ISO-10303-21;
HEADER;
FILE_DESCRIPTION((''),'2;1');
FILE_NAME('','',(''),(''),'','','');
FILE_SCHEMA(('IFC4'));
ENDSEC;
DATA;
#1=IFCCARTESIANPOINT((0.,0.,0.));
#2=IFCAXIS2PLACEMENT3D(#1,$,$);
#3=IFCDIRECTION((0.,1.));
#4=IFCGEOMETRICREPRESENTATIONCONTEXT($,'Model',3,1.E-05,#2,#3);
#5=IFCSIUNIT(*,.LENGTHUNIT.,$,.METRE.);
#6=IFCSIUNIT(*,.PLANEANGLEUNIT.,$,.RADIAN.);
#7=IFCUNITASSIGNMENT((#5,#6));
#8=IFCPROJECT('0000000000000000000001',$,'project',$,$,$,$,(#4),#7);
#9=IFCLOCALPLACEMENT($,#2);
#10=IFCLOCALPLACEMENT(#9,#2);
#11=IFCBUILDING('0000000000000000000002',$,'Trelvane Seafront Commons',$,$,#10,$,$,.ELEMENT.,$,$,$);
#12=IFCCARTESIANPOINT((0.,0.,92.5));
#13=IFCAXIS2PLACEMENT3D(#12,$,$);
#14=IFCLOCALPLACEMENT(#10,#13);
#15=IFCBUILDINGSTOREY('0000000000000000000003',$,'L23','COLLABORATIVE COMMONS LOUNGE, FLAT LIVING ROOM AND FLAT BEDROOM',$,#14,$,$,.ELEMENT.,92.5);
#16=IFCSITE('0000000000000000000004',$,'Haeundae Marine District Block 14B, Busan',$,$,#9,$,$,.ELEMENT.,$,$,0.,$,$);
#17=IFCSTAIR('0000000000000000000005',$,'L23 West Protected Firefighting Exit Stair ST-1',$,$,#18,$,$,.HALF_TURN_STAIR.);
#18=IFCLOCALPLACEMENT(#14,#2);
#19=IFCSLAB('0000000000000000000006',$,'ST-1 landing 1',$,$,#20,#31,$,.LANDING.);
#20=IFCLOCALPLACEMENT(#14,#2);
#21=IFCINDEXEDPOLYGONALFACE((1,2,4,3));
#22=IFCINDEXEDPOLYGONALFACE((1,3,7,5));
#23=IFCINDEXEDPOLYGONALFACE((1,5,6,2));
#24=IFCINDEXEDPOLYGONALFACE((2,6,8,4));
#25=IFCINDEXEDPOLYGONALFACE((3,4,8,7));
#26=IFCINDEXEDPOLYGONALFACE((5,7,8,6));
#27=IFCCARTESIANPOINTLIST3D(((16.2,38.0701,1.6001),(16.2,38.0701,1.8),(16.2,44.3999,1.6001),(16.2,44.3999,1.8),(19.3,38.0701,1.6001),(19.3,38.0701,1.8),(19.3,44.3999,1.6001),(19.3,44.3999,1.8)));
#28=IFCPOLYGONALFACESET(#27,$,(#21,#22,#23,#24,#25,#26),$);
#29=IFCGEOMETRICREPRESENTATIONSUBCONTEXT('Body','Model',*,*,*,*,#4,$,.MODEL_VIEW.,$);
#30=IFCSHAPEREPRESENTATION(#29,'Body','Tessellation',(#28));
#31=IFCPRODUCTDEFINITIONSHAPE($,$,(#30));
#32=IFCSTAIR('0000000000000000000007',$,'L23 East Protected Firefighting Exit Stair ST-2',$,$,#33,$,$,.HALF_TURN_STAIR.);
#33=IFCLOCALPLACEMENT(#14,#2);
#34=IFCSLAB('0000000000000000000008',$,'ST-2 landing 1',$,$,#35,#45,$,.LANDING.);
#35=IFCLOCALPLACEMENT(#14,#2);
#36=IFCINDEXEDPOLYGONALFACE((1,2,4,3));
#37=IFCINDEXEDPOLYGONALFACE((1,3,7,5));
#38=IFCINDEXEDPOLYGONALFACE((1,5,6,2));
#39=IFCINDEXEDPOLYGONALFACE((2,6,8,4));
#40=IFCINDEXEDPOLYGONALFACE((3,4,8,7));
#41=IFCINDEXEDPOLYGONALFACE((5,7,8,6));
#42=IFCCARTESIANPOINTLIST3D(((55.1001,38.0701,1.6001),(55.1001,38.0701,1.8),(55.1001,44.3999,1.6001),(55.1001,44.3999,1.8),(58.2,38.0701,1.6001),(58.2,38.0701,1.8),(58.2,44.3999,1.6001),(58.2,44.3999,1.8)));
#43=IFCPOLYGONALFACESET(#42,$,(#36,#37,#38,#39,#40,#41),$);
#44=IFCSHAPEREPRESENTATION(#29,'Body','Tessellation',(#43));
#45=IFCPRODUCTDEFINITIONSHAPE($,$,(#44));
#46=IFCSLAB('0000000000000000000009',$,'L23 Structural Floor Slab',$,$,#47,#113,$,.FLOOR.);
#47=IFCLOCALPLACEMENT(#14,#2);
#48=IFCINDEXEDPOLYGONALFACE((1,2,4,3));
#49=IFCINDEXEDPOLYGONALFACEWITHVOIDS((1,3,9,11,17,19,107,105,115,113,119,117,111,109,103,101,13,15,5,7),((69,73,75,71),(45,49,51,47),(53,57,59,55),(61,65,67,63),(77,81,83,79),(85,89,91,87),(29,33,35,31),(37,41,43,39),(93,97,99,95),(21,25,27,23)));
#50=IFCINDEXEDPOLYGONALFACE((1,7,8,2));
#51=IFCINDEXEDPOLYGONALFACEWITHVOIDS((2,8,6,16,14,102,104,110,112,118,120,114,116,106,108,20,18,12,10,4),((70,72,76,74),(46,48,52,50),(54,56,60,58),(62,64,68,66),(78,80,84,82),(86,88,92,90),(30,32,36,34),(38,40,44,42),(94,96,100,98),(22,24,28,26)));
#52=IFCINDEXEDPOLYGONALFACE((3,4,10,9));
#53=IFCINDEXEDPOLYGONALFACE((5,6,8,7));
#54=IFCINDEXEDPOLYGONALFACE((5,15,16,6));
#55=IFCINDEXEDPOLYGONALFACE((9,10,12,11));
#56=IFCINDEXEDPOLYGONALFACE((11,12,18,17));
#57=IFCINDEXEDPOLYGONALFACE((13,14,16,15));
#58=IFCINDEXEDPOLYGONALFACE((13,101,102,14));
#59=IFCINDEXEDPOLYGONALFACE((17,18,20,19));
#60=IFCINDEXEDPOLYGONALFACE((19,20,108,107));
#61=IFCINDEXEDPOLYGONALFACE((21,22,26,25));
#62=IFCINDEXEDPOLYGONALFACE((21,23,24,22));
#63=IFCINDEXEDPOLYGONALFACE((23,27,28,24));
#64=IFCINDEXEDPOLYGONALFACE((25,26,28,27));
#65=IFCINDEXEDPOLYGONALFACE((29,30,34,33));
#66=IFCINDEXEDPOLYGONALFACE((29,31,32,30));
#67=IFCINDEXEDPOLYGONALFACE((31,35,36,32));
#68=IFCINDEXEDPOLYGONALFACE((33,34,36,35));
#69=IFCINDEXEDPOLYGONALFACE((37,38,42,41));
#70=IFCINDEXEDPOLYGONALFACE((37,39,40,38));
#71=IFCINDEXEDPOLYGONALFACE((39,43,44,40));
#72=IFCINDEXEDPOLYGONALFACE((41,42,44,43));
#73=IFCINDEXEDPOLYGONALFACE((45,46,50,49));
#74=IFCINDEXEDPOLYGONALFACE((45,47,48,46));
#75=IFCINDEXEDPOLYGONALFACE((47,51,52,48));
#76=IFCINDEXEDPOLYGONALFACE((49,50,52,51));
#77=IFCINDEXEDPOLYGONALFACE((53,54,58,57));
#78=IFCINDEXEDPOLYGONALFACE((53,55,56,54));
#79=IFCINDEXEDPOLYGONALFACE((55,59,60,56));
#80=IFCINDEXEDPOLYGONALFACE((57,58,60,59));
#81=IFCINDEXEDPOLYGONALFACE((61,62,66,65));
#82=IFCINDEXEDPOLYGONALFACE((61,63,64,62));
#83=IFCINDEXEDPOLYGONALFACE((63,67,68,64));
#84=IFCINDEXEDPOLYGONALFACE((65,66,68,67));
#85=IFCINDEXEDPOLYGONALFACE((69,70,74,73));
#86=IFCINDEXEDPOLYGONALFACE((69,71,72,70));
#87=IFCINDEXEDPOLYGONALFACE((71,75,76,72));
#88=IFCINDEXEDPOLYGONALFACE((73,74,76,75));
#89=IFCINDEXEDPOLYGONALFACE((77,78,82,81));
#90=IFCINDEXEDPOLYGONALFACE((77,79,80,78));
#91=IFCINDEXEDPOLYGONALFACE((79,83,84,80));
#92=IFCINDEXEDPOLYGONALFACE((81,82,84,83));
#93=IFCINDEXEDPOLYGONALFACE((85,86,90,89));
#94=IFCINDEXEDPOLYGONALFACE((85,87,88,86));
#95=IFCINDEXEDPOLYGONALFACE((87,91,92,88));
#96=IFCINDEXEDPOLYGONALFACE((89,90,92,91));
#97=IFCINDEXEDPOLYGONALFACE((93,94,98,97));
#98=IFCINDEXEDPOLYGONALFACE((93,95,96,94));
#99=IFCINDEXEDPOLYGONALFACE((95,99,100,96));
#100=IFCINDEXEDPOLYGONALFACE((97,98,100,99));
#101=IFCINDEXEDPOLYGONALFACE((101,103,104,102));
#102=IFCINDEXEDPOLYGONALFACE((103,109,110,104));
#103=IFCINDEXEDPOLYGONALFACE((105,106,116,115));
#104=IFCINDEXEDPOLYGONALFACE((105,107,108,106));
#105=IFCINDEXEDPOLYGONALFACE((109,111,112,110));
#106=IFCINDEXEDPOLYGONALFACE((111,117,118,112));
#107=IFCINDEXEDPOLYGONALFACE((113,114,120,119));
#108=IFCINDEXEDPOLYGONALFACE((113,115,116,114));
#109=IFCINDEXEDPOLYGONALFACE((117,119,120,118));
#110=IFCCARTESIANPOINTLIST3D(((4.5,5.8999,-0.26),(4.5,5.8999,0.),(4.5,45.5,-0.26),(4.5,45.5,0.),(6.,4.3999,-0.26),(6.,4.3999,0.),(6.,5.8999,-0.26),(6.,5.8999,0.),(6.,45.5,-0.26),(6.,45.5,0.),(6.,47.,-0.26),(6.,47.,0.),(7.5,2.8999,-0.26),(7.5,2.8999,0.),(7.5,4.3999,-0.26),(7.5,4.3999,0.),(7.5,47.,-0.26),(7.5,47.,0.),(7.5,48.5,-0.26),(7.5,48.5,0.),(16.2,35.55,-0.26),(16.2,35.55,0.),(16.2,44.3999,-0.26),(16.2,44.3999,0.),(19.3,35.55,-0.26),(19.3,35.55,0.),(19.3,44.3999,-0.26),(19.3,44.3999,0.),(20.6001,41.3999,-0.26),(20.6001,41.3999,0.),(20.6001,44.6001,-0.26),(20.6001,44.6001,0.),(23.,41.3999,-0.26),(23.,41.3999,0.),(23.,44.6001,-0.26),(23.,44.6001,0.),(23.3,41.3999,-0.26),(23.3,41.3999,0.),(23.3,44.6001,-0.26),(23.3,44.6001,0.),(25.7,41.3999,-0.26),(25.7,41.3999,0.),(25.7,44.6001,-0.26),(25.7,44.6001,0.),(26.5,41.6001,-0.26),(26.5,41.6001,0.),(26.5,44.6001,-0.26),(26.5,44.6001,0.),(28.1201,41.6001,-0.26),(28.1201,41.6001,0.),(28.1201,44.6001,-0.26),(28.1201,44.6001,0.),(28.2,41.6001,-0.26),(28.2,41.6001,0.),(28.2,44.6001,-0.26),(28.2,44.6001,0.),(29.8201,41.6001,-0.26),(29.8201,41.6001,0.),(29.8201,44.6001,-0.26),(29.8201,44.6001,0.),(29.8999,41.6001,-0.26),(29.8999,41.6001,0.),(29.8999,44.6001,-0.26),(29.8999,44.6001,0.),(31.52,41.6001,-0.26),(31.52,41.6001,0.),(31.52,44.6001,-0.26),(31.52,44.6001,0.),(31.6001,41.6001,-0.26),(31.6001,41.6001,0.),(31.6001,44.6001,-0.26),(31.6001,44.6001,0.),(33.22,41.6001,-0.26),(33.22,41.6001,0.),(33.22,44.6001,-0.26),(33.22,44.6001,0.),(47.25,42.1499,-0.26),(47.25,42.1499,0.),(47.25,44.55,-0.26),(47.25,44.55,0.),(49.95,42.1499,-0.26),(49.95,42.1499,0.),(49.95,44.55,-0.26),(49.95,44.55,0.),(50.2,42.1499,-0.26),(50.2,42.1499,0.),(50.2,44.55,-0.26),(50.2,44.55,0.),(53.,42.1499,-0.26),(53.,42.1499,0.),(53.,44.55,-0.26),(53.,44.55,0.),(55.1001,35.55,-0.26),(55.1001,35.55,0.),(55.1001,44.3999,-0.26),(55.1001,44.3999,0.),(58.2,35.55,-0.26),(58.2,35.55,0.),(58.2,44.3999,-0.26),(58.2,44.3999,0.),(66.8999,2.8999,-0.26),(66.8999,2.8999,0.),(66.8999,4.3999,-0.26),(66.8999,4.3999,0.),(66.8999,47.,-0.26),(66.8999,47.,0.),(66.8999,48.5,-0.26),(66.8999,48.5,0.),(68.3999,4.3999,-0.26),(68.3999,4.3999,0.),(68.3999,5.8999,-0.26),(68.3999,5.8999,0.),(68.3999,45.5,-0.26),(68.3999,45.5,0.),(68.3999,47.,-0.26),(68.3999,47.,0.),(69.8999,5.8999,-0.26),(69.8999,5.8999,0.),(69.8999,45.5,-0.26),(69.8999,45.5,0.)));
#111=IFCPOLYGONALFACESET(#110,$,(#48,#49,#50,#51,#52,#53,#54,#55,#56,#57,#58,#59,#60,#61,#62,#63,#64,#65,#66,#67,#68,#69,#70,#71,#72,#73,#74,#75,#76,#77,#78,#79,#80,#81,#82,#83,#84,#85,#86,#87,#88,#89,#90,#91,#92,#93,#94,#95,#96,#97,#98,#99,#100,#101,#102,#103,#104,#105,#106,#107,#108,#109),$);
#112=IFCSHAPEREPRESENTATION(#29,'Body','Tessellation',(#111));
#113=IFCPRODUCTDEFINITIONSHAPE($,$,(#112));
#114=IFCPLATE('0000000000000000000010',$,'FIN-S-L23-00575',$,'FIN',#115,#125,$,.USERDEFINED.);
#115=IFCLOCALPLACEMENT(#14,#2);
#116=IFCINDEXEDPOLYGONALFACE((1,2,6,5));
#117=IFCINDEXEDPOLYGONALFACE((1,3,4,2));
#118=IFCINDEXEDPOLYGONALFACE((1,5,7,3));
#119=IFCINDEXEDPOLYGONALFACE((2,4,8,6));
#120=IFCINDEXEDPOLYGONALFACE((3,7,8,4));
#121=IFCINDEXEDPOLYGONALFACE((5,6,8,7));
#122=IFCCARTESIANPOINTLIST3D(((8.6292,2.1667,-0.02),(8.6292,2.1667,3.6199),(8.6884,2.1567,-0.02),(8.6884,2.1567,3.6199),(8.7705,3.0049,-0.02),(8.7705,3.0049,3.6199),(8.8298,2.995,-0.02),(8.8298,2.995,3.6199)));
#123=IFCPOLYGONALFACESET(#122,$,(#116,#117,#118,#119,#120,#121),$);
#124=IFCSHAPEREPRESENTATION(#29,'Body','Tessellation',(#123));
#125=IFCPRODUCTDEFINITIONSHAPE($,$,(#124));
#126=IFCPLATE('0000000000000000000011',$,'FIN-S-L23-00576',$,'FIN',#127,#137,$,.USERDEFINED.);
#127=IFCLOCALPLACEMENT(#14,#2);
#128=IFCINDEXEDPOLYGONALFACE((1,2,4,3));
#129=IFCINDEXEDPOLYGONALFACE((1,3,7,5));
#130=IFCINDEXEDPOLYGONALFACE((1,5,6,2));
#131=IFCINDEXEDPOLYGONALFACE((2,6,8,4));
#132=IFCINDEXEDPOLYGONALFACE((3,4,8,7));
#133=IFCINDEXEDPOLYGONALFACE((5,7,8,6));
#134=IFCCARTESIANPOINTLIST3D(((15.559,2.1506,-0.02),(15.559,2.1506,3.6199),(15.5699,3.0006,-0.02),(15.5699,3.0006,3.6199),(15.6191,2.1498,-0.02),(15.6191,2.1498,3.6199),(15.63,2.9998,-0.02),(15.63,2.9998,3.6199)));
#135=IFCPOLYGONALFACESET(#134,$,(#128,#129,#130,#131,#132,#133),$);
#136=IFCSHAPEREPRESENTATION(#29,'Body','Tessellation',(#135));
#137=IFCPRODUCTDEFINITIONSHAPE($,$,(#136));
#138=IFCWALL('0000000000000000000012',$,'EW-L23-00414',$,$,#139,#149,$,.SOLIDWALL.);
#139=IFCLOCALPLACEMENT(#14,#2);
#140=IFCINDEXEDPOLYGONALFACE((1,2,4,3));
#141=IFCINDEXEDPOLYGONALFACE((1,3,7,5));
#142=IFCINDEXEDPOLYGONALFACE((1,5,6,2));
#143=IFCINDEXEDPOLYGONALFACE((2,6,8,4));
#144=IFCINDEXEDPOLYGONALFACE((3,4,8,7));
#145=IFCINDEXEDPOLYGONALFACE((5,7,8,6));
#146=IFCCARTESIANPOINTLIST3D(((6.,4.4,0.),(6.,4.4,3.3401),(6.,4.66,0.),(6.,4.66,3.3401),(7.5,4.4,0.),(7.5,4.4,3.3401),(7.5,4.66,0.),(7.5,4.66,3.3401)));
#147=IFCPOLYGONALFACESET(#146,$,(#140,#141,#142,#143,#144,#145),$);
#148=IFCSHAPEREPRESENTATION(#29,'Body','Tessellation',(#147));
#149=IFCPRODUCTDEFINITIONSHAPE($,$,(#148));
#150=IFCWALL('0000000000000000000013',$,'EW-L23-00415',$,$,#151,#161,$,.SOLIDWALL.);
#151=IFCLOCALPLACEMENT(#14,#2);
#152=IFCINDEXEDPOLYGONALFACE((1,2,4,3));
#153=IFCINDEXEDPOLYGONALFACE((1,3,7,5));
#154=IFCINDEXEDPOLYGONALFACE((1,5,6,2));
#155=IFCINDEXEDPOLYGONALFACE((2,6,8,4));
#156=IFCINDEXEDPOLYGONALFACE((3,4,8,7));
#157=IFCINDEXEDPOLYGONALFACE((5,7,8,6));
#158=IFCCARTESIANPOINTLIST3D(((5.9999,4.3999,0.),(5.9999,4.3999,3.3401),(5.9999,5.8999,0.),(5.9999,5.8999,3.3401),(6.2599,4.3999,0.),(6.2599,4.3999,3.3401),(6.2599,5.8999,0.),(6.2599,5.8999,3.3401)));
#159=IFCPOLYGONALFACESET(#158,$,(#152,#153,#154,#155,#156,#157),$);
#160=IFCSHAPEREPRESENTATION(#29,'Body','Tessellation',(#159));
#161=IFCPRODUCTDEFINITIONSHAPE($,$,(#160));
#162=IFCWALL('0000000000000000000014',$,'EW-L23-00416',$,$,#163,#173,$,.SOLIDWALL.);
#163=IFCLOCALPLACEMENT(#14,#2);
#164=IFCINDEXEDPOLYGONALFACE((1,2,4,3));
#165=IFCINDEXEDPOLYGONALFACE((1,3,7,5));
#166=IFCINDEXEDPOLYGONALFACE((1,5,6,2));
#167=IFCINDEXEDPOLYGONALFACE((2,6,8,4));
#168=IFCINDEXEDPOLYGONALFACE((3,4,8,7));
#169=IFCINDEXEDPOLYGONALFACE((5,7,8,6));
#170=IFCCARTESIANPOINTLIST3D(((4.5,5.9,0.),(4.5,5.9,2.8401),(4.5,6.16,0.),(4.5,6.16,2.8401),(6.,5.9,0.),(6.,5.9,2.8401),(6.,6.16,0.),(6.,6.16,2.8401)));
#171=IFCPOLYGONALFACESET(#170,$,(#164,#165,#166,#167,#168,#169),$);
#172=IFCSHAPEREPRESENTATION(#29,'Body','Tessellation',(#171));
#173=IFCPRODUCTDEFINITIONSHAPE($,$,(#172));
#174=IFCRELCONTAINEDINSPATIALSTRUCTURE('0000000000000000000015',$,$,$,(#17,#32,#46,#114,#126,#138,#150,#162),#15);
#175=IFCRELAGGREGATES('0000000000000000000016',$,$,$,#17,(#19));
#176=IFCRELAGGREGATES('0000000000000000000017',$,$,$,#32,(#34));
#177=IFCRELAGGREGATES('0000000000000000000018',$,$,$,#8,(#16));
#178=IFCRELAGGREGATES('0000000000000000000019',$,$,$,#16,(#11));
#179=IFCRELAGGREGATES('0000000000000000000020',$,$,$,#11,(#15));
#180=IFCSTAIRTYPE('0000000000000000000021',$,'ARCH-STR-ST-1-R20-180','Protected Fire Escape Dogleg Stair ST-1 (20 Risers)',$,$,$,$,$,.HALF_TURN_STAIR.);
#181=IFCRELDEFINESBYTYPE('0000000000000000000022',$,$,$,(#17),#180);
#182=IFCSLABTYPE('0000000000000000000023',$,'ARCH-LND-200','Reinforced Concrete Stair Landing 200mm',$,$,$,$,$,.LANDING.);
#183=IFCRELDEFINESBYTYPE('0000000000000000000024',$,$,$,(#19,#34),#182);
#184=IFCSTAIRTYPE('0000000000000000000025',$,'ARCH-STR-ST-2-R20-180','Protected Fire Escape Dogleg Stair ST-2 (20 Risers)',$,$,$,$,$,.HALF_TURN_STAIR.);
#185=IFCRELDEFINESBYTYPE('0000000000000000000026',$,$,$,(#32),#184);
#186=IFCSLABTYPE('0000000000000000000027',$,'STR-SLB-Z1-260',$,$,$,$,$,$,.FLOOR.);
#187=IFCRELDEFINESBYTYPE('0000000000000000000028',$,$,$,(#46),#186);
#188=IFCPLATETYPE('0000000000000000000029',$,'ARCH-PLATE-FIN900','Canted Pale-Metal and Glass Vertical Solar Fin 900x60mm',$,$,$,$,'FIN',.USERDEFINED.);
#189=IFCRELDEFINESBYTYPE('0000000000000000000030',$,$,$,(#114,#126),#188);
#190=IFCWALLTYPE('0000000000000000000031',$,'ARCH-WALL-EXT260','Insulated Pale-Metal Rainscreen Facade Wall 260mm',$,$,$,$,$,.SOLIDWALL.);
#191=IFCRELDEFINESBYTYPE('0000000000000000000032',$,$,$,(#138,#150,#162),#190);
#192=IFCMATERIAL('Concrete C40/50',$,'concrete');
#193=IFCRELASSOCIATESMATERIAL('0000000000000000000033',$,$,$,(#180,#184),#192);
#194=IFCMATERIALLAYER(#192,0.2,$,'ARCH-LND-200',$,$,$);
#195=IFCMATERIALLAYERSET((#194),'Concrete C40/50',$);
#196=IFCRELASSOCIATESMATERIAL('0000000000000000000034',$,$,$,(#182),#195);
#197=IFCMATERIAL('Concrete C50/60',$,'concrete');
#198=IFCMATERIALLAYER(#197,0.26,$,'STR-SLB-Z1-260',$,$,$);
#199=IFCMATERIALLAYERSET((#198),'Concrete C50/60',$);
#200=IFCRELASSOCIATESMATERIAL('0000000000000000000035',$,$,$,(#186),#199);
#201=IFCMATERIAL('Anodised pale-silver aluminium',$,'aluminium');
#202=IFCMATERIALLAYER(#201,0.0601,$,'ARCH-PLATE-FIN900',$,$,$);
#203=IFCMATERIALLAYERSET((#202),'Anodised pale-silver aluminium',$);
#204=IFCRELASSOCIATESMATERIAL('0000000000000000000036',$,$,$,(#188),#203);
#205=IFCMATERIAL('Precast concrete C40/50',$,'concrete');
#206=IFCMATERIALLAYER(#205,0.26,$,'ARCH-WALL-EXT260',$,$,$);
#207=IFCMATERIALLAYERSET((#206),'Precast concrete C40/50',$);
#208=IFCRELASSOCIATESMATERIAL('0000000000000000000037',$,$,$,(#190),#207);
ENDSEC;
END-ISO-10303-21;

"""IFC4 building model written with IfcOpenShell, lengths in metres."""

from ifc_helpers import new_model, si_unit, direction, frame, frame_2d, origin, origin_2d, place, context, subcontext, project, spatial, polyline, rectangle, outline, extrude, source, transform, mapped, material, layer, layer_set, type_object, element, aggregate, save


model = new_model("IFC4")

# Units and contexts
model_context = context("Model", 3, precision=1e-05, world=origin(), true_north=direction((0.0, 1.0)))
body_context = subcontext(model_context, "Body", "Model", "MODEL_VIEW")
ifc_project = project(units=[si_unit("LENGTHUNIT", "METRE"), si_unit("PLANEANGLEUNIT", "RADIAN")], contexts=[model_context])

# Site, building, storey
site_placement = place(None, origin())
site = spatial("IfcSite", under=ifc_project, at=site_placement, Name="Haeundae Marine District Block 14B, Busan", CompositionType="ELEMENT", RefElevation=0.0)
building_placement = place(site_placement, origin())
building = spatial("IfcBuilding", under=site, at=building_placement, Name="Trelvane Seafront Commons", CompositionType="ELEMENT")
storey_placement = place(building_placement, frame((0.0, 0.0, 92.5)))
storey = spatial("IfcBuildingStorey", under=building, at=storey_placement, Name="L23", Description="COLLABORATIVE COMMONS LOUNGE, FLAT LIVING ROOM AND FLAT BEDROOM", CompositionType="ELEMENT", Elevation=92.5)

# Shared definitions
ifc_material_1 = material(Name="Concrete C40/50", Category="concrete")

# Stairs, slabs
stair_type_1 = type_object("IfcStairType", Name="ARCH-STR-ST-1-R20-180", Description="Protected Fire Escape Dogleg Stair ST-1 (20 Risers)", PredefinedType="HALF_TURN_STAIR", material=ifc_material_1)
stair_1_placement = place(storey_placement, origin())
stair_1 = element("IfcStair", 1, at=stair_1_placement, inside=storey, type_object=stair_type_1, Name="L23 West Protected Firefighting Exit Stair ST-1", PredefinedType="HALF_TURN_STAIR")
ifc_layer_1 = layer(ifc_material_1, 0.2, Name="ARCH-LND-200")
ifc_layer_set_1 = layer_set([ifc_layer_1], Name="Concrete C40/50")
slab_type_1 = type_object("IfcSlabType", Name="ARCH-LND-200", Description="Reinforced Concrete Stair Landing 200mm", PredefinedType="LANDING", material=ifc_layer_set_1)
slab_1_placement = place(storey_placement, frame((0.0, 0.0, 1.6001)))
slab_1 = element("IfcSlab", 2, at=slab_1_placement, type_object=slab_type_1, Name="ST-1 landing 1", PredefinedType="LANDING", context=body_context, shape_type="SweptSolid", body=[
    extrude(outline(polyline([(19.3, 38.0701), (19.3, 44.3999), (16.2, 44.3999), (16.2, 38.0701), (19.3, 38.0701)])), origin(), (0.0, 0.0, 1.0), 0.2),
])
aggregate(stair_1, [slab_1])
stair_type_2 = type_object("IfcStairType", Name="ARCH-STR-ST-2-R20-180", Description="Protected Fire Escape Dogleg Stair ST-2 (20 Risers)", PredefinedType="HALF_TURN_STAIR", material=ifc_material_1)
stair_2_placement = place(storey_placement, origin())
stair_2 = element("IfcStair", 3, at=stair_2_placement, inside=storey, type_object=stair_type_2, Name="L23 East Protected Firefighting Exit Stair ST-2", PredefinedType="HALF_TURN_STAIR")
slab_2_placement = place(storey_placement, frame((0.0, 0.0, 1.6001)))
slab_2 = element("IfcSlab", 4, at=slab_2_placement, type_object=slab_type_1, Name="ST-2 landing 1", PredefinedType="LANDING", context=body_context, shape_type="SweptSolid", body=[
    extrude(outline(polyline([(58.2, 38.0701), (58.2, 44.3999), (55.1001, 44.3999), (55.1001, 38.0701), (58.2, 38.0701)])), origin(), (0.0, 0.0, 1.0), 0.2),
])
aggregate(stair_2, [slab_2])

# Slab
ifc_material_2 = material(Name="Concrete C50/60", Category="concrete")
ifc_layer_2 = layer(ifc_material_2, 0.26, Name="STR-SLB-Z1-260")
ifc_layer_set_2 = layer_set([ifc_layer_2], Name="Concrete C50/60")
slab_type_2 = type_object("IfcSlabType", Name="STR-SLB-Z1-260", PredefinedType="FLOOR", material=ifc_layer_set_2)
slab_3_placement = place(storey_placement, frame((0.0, 0.0, -0.26)))
element("IfcSlab", 5, at=slab_3_placement, inside=storey, type_object=slab_type_2, Name="L23 Structural Floor Slab", PredefinedType="FLOOR", context=body_context, shape_type="SweptSolid", body=[
    extrude(outline(polyline([(7.5, 2.8999), (66.8999, 2.8999), (66.8999, 4.3999), (68.3999, 4.3999), (68.3999, 5.8999), (69.8999, 5.8999), (69.8999, 45.5), (68.3999, 45.5), (68.3999, 47.0), (66.8999, 47.0), (66.8999, 48.5), (7.5, 48.5), (7.5, 47.0), (6.0, 47.0), (6.0, 45.5), (4.5, 45.5), (4.5, 5.8999), (6.0, 5.8999), (6.0, 4.3999), (7.5, 4.3999), (7.5, 2.8999)]), holes=[polyline([(19.3, 35.55), (16.2, 35.55), (16.2, 44.3999), (19.3, 44.3999), (19.3, 35.55)]), polyline([(58.2, 35.55), (55.1001, 35.55), (55.1001, 44.3999), (58.2, 44.3999), (58.2, 35.55)]), polyline([(23.0, 41.3999), (20.6001, 41.3999), (20.6001, 44.6001), (23.0, 44.6001), (23.0, 41.3999)]), polyline([(23.3, 41.3999), (23.3, 44.6001), (25.7, 44.6001), (25.7, 41.3999), (23.3, 41.3999)]), polyline([(26.5, 41.6001), (26.5, 44.6001), (28.1201, 44.6001), (28.1201, 41.6001), (26.5, 41.6001)]), polyline([(29.8201, 41.6001), (28.2, 41.6001), (28.2, 44.6001), (29.8201, 44.6001), (29.8201, 41.6001)]), polyline([(31.52, 41.6001), (29.8999, 41.6001), (29.8999, 44.6001), (31.52, 44.6001), (31.52, 41.6001)]), polyline([(33.22, 41.6001), (31.6001, 41.6001), (31.6001, 44.6001), (33.22, 44.6001), (33.22, 41.6001)]), polyline([(47.25, 42.1499), (47.25, 44.55), (49.95, 44.55), (49.95, 42.1499), (47.25, 42.1499)]), polyline([(50.2, 42.1499), (50.2, 44.55), (53.0, 44.55), (53.0, 42.1499), (50.2, 42.1499)])]), origin(), (0.0, 0.0, 1.0), 0.26),
])

# Plates
ifc_material_3 = material(Name="Anodised pale-silver aluminium", Category="aluminium")
ifc_layer_3 = layer(ifc_material_3, 0.0601, Name="ARCH-PLATE-FIN900")
ifc_layer_set_3 = layer_set([ifc_layer_3], Name="Anodised pale-silver aluminium")
plate_type = type_object("IfcPlateType", Name="ARCH-PLATE-FIN900", Description="Canted Pale-Metal and Glass Vertical Solar Fin 900x60mm", ElementType="FIN", PredefinedType="USERDEFINED", material=ifc_layer_set_3)
shared_shape_1 = source(origin(), body_context, "Body", "SweptSolid", [
    extrude(rectangle(XDim=0.8501, YDim=0.0601, at=origin_2d()), origin(), (0.0, 0.0, 1.0), 3.6399),
])
for number, where, z_axis, x_axis, name in (
    (6, (8.7295, 2.5808, -0.02), (0.0, 0.0, 1.0), (-0.16623, -0.986087, 0.0), "FIN-S-L23-00575"),
    (7, (15.5945, 2.5752, -0.02), (0.0, 0.0, 1.0), (-0.012824, -0.999918, 0.0), "FIN-S-L23-00576"),
):
    element("IfcPlate", number, at=place(storey_placement, frame(where, z_axis=z_axis, x_axis=x_axis)), inside=storey, type_object=plate_type, Name=name, ObjectType="FIN", PredefinedType="USERDEFINED", context=body_context, shape_type="MappedRepresentation", body=[
        mapped(shared_shape_1, transform((0.0, 0.0, 0.0), x_axis=(1.0, 0.0, 0.0), y_axis=(0.0, 1.0, 0.0), z_axis=(0.0, 0.0, 1.0), scale=1.0)),
    ])

# Walls
ifc_material_4 = material(Name="Precast concrete C40/50", Category="concrete")
ifc_layer_4 = layer(ifc_material_4, 0.26, Name="ARCH-WALL-EXT260")
ifc_layer_set_4 = layer_set([ifc_layer_4], Name="Precast concrete C40/50")
wall_type_1 = type_object("IfcWallType", Name="ARCH-WALL-EXT260", Description="Insulated Pale-Metal Rainscreen Facade Wall 260mm", PredefinedType="SOLIDWALL", material=ifc_layer_set_4)
for number, where, z_axis, x_axis, name in (
    (8, (7.5, 4.53, 0.0), (0.0, 0.0, 1.0), (-1.0, 0.0, 0.0), "EW-L23-00414"),
    (9, (6.1299, 4.3999, 0.0), (0.0, 0.0, 1.0), (0.0, 1.0, 0.0), "EW-L23-00415"),
):
    element("IfcWall", number, at=place(storey_placement, frame(where, z_axis=z_axis, x_axis=x_axis)), inside=storey, type_object=wall_type_1, Name=name, PredefinedType="SOLIDWALL", context=body_context, shape_type="SweptSolid", body=[
        extrude(rectangle(XDim=1.5, YDim=0.26, at=frame_2d((0.75, 0.0))), origin(), (0.0, 0.0, 1.0), 3.3401),
    ])
wall_1_placement = place(storey_placement, frame((6.0, 6.03, 0.0), z_axis=(0.0, 0.0, 1.0), x_axis=(-1.0, 0.0, 0.0)))
element("IfcWall", 10, at=wall_1_placement, inside=storey, type_object=wall_type_1, Name="EW-L23-00416", PredefinedType="SOLIDWALL", context=body_context, shape_type="SweptSolid", body=[
    extrude(rectangle(XDim=1.5, YDim=0.26, at=frame_2d((0.75, 0.0))), origin(), (0.0, 0.0, 1.0), 2.8401),
])

save(model, "model.ifc")
